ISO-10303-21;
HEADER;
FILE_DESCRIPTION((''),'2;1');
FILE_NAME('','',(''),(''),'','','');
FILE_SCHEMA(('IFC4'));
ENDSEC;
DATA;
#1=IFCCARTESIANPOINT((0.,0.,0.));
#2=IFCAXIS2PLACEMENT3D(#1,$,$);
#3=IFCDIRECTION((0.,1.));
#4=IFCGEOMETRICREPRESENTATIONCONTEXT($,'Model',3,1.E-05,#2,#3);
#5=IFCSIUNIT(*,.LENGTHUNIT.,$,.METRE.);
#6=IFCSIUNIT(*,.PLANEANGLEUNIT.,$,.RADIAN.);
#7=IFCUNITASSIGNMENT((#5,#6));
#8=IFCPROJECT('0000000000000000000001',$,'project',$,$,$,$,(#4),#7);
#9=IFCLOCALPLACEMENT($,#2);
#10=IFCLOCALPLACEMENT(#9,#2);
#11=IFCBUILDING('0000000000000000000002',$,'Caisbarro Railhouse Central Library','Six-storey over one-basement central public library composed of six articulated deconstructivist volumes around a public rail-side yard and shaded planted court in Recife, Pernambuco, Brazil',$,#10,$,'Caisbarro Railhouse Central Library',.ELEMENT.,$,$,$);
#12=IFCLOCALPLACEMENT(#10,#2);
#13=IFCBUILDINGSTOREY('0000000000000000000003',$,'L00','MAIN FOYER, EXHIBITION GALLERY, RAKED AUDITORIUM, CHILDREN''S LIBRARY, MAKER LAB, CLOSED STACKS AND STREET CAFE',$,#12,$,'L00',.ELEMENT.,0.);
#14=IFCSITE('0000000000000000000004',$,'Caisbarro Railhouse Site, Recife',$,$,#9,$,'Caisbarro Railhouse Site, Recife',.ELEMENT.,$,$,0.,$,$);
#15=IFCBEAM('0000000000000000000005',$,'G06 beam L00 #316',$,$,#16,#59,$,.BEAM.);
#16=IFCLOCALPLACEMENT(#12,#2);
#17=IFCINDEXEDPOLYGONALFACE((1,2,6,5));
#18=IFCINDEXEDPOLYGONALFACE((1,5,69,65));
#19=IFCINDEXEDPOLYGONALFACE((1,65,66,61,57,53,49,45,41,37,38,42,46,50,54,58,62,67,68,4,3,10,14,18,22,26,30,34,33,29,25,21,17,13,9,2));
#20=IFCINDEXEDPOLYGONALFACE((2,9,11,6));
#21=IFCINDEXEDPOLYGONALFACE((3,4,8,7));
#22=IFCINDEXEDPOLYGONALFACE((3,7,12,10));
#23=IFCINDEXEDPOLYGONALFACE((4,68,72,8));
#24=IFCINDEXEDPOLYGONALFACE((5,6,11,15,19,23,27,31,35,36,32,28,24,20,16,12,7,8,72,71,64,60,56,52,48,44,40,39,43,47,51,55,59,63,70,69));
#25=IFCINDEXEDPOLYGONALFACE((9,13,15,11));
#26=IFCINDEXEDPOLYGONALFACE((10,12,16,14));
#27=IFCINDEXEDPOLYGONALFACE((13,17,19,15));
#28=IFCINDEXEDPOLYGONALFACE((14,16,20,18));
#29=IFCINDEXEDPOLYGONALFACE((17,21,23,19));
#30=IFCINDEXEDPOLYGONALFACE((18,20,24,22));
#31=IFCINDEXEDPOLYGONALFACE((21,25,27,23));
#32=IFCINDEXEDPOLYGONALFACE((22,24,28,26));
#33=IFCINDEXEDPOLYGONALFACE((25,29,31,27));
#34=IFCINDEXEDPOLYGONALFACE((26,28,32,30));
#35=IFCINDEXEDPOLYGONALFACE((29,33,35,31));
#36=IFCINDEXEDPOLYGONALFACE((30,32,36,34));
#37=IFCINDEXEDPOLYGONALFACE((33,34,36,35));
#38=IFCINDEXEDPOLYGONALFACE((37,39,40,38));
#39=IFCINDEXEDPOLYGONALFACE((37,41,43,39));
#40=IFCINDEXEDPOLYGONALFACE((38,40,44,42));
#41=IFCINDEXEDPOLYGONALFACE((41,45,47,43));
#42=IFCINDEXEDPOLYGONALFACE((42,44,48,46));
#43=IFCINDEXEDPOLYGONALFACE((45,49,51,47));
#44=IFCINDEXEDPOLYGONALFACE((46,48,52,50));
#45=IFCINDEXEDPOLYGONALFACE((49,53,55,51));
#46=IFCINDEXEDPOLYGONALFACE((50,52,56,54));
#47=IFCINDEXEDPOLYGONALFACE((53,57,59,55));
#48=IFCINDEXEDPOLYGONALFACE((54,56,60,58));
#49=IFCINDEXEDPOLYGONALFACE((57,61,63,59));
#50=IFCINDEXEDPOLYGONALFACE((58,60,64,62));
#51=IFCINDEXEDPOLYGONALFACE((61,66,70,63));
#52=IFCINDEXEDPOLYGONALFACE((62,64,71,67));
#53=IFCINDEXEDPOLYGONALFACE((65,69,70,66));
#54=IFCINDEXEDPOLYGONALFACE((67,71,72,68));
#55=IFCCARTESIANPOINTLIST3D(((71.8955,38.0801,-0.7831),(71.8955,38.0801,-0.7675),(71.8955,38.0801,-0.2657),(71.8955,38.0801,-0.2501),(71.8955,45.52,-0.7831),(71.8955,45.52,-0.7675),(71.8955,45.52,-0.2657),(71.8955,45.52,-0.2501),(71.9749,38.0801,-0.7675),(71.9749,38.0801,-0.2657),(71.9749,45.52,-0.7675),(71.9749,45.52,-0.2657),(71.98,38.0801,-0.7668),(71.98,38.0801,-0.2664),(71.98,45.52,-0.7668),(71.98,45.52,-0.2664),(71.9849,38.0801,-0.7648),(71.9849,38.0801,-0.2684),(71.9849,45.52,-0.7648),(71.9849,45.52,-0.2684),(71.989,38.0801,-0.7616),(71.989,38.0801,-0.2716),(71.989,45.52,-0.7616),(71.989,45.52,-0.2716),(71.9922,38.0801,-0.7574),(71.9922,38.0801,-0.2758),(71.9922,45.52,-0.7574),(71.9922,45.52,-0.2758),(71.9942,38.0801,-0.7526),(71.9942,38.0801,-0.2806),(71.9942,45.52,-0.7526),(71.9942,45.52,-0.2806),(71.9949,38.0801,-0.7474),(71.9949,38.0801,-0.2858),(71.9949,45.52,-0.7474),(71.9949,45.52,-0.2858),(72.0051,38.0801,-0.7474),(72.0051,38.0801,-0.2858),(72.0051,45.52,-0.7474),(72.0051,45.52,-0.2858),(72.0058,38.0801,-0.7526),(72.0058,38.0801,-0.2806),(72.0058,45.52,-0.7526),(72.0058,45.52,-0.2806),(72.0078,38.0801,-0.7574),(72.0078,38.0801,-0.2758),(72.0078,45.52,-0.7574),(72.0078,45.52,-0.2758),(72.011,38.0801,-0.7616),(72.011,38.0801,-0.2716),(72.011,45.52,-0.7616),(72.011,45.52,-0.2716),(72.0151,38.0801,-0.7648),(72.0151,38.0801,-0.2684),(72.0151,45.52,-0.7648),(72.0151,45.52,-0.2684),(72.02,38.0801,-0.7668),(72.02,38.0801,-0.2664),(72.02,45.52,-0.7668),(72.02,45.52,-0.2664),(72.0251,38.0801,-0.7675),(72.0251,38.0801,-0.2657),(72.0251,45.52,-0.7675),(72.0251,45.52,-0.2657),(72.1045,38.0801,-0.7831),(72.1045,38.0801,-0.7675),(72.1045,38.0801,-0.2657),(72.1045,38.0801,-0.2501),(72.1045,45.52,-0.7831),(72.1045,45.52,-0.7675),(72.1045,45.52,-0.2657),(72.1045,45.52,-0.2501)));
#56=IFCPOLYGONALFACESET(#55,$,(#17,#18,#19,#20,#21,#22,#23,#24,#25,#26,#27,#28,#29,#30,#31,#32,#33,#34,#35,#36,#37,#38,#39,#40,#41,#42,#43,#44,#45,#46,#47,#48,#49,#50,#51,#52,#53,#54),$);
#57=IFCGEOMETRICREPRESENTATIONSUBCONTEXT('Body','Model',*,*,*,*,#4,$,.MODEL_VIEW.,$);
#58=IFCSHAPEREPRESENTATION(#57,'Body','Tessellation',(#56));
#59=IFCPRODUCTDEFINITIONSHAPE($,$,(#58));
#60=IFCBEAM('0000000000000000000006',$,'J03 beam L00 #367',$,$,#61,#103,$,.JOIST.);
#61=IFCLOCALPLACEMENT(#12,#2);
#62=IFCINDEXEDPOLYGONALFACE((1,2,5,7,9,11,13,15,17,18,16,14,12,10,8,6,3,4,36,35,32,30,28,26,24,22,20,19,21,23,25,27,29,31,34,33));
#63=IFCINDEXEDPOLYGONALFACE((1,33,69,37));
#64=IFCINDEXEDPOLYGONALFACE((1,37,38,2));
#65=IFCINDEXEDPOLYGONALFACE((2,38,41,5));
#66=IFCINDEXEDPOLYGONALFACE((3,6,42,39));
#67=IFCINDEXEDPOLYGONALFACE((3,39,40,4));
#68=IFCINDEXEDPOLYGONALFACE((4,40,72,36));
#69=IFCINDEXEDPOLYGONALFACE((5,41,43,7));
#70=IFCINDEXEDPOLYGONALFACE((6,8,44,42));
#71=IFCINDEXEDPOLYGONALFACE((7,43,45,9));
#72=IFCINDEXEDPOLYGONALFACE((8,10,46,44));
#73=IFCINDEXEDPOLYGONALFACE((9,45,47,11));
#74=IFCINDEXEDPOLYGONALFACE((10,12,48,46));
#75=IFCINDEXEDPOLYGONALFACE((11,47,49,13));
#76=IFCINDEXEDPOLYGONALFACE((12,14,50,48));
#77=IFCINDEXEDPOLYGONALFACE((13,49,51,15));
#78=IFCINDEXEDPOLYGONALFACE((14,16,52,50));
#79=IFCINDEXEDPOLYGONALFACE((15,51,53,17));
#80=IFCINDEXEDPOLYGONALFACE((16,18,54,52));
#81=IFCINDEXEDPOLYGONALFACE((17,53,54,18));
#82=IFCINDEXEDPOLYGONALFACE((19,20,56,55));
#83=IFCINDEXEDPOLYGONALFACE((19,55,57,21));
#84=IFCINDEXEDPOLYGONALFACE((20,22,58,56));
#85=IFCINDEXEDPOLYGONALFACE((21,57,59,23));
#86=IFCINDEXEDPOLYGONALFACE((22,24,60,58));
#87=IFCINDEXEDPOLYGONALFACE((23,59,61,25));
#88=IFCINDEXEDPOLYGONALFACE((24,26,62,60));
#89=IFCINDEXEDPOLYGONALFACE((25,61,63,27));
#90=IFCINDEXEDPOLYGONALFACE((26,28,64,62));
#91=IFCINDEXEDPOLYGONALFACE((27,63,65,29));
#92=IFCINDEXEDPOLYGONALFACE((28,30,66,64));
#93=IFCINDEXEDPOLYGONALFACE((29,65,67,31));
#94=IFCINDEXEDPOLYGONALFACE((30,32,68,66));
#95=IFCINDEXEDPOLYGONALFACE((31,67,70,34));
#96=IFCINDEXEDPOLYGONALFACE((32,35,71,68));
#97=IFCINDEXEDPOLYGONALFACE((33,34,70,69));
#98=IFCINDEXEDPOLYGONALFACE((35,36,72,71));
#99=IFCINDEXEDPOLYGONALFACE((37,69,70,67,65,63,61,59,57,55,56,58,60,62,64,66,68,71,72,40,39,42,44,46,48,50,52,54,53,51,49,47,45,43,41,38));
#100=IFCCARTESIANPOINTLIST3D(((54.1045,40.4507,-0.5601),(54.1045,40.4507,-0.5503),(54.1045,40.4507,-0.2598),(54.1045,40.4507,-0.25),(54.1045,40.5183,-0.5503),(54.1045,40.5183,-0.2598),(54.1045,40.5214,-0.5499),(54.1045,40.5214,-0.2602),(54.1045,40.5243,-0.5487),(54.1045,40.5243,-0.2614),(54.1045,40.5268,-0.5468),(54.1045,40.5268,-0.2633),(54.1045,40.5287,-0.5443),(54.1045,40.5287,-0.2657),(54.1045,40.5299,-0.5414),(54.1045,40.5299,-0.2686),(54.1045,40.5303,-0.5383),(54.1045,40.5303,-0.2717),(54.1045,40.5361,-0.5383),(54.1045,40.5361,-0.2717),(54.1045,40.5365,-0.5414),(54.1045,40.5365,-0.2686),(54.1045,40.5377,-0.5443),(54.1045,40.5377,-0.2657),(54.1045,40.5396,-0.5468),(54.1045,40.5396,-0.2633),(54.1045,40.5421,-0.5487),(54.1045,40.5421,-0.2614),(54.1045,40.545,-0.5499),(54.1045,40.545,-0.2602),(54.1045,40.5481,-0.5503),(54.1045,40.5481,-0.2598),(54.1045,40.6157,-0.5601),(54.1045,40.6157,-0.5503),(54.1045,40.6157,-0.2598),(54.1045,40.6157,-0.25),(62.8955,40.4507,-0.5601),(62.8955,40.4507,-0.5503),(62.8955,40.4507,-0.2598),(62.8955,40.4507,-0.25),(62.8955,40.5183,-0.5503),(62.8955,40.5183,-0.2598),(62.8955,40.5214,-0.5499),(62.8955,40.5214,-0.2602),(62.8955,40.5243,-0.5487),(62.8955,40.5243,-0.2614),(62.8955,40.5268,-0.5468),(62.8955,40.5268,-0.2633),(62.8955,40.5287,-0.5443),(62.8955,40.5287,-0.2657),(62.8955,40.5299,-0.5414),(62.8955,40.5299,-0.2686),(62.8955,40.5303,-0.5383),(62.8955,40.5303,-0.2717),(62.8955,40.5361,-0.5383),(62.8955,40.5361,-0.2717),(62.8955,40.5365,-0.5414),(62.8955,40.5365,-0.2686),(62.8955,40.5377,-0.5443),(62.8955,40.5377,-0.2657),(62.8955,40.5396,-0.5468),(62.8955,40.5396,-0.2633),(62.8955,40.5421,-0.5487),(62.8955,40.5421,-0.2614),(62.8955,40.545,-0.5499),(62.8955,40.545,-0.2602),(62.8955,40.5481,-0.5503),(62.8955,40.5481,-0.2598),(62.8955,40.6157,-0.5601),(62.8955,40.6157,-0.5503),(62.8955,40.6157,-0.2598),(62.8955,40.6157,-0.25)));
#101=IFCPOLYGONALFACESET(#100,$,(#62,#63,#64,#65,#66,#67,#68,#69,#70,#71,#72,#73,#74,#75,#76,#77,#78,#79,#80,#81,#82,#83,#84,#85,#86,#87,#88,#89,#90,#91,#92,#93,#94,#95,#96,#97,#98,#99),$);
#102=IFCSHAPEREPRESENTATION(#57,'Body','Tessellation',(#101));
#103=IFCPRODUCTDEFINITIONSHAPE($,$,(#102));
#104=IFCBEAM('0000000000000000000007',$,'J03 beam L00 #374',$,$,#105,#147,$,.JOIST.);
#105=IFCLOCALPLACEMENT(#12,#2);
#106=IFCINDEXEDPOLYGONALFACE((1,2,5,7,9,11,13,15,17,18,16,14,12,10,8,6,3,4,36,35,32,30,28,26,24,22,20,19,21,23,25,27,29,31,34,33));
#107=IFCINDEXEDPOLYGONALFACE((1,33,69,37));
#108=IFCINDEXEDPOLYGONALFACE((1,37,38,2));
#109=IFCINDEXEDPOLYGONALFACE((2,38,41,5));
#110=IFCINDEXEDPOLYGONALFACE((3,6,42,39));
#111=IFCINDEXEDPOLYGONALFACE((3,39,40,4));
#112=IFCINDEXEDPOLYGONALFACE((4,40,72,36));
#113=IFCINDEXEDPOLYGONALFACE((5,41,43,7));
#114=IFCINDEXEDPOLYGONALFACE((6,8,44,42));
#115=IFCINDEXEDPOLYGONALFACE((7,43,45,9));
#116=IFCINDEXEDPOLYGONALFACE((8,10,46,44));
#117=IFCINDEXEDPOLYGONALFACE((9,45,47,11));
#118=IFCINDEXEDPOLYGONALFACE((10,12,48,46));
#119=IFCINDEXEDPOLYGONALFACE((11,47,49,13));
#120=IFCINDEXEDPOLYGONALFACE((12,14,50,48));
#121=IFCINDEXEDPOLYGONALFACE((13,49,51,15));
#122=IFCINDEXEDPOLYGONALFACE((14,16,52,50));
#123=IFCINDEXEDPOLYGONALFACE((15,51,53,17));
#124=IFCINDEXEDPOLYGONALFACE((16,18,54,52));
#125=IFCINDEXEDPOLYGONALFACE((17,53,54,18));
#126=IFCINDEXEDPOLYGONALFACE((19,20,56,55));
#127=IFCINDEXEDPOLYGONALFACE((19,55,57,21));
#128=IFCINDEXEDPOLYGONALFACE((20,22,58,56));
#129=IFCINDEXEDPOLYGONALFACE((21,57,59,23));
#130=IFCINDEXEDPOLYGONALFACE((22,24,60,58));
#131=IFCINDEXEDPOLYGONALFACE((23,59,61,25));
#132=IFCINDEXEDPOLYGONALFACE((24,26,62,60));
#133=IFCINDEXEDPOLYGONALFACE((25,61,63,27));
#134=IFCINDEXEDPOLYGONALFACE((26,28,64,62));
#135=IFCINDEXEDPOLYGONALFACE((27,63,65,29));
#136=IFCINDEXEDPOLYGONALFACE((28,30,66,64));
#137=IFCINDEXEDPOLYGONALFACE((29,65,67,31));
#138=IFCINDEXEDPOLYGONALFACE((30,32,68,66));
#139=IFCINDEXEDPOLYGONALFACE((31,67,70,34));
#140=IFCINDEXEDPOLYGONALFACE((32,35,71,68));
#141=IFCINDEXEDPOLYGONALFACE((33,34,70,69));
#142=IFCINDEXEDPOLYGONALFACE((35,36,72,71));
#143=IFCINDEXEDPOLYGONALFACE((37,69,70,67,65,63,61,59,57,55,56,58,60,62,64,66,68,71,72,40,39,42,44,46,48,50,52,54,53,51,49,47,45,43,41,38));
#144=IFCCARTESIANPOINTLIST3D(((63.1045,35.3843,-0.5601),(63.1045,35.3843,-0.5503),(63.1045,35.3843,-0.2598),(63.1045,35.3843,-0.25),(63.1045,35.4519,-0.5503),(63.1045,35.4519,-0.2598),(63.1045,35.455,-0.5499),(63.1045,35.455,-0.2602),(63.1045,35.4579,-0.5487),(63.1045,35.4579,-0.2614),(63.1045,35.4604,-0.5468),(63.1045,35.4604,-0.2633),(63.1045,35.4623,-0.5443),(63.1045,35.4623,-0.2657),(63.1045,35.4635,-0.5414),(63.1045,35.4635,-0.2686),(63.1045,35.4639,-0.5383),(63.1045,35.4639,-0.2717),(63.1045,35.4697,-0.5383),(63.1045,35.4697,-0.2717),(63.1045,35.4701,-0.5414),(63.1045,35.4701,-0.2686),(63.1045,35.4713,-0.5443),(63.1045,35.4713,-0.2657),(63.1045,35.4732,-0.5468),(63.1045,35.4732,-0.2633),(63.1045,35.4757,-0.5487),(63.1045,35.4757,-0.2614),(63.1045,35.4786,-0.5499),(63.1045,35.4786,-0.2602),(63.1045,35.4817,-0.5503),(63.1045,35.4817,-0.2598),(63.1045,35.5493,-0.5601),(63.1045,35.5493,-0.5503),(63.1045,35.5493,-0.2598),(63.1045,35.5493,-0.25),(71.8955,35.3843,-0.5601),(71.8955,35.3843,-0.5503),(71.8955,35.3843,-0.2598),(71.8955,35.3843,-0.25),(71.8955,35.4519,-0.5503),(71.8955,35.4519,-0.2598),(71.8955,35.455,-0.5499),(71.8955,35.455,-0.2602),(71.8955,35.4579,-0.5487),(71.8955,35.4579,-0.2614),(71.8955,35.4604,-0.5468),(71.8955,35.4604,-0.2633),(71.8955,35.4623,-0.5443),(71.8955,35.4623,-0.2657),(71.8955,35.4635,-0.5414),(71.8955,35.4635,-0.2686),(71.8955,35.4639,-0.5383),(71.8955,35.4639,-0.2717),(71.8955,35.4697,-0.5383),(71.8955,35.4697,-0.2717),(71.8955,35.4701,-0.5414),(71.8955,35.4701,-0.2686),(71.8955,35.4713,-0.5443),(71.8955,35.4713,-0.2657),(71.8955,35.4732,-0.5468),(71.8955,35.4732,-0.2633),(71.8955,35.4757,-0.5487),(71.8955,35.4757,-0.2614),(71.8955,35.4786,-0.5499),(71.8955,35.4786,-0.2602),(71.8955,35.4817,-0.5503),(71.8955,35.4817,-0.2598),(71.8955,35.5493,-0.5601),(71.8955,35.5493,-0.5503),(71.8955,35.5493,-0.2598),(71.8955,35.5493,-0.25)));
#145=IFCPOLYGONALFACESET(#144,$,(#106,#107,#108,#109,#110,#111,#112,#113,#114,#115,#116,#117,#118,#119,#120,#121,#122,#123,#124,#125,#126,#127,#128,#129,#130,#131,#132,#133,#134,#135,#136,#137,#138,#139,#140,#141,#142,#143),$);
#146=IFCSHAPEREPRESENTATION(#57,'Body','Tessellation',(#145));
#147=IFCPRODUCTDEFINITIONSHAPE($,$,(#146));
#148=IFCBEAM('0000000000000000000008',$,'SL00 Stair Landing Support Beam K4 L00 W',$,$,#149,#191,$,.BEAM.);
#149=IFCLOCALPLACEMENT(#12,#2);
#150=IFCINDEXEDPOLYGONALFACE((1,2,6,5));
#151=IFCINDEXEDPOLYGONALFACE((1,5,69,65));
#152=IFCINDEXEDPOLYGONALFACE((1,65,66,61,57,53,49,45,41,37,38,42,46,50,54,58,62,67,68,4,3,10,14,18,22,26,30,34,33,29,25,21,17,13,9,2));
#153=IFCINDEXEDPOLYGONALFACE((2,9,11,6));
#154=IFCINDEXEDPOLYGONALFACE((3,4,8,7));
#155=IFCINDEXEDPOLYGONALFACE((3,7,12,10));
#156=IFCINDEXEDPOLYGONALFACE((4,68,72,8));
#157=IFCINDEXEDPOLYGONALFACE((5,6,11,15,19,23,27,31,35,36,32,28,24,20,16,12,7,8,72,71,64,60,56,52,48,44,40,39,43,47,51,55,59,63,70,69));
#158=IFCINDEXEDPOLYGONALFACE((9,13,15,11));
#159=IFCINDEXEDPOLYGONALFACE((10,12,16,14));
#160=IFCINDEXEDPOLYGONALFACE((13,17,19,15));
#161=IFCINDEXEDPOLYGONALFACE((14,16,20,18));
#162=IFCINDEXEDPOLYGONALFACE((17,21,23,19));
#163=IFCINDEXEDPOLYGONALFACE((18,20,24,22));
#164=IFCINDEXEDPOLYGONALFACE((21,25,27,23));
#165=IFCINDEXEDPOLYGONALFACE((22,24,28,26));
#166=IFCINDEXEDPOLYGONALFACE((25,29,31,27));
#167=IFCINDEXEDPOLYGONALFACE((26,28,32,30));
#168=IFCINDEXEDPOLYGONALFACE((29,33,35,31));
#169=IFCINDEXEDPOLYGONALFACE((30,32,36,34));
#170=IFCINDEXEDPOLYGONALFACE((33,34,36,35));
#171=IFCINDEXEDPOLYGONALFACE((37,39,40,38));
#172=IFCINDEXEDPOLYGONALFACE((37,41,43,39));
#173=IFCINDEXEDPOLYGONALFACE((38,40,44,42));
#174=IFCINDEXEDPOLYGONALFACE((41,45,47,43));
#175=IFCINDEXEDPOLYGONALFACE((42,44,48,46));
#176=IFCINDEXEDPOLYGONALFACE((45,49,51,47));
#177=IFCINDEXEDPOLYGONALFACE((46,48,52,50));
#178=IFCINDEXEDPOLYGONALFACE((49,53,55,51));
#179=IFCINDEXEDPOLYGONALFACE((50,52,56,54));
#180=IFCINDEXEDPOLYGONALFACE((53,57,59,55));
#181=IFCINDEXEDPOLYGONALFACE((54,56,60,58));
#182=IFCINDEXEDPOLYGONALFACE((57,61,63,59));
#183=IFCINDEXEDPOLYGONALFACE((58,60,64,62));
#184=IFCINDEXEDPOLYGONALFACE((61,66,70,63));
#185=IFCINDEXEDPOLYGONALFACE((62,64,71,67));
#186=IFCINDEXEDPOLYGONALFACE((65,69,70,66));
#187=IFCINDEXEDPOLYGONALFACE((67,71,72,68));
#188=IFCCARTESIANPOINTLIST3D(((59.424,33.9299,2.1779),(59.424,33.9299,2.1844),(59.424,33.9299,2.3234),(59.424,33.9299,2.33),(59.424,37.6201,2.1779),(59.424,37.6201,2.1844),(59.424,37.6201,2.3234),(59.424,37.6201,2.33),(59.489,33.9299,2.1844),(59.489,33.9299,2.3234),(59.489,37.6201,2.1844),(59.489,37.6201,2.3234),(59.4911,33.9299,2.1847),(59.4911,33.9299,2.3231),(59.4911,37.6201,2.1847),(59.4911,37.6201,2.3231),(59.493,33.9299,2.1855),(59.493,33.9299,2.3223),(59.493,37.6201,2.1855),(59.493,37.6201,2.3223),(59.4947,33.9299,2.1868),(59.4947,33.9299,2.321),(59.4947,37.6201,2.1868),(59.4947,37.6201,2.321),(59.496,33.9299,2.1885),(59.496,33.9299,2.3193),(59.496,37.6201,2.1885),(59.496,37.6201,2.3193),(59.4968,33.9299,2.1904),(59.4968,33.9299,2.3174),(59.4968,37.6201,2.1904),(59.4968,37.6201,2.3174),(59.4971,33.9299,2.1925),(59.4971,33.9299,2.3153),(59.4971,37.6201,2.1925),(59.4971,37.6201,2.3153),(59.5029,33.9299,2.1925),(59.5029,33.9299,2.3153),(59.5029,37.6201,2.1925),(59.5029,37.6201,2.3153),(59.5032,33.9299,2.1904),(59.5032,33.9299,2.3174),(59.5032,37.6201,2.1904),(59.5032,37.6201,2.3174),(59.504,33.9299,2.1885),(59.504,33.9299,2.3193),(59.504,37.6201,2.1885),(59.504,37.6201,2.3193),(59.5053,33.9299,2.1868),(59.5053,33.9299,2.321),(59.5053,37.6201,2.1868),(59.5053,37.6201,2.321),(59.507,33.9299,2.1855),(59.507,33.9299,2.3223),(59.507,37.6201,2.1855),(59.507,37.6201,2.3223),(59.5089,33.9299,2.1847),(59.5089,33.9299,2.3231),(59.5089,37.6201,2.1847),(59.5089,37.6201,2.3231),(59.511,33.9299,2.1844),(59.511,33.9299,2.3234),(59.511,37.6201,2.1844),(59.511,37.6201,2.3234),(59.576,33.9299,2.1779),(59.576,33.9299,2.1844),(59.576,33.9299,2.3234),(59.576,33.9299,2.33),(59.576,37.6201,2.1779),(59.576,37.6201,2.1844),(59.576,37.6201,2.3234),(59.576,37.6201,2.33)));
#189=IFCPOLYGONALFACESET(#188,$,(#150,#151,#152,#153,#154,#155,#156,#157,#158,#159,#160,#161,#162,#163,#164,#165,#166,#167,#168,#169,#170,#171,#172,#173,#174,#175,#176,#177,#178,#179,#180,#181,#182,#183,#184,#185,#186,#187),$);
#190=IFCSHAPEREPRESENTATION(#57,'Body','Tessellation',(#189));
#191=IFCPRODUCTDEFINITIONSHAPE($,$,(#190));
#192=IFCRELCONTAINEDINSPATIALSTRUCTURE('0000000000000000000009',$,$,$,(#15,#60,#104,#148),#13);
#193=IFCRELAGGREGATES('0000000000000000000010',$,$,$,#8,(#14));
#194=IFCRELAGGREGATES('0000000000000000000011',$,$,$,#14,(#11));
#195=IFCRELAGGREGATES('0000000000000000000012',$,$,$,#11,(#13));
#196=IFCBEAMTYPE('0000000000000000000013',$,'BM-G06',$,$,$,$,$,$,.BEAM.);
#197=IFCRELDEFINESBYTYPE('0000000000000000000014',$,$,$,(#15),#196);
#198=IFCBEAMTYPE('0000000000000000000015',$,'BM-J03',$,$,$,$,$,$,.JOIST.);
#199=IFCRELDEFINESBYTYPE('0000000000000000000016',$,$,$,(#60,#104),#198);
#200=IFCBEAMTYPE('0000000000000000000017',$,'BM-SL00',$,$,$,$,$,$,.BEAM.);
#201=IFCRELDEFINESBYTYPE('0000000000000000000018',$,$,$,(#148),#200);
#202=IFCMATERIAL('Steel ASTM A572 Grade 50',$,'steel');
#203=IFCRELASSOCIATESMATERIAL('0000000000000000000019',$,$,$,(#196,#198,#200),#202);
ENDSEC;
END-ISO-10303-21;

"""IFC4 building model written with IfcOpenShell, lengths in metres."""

from ifc_helpers import new_model, si_unit, direction, frame, origin, origin_2d, place, context, subcontext, project, spatial, i_section, extrude, material, material_profile, profile_set, type_object, element, save


model = new_model("IFC4")

# Units and contexts
model_context = context("Model", 3, precision=1e-05, world=origin(), true_north=direction((0.0, 1.0)))
body_context = subcontext(model_context, "Body", "Model", "MODEL_VIEW")
ifc_project = project(units=[si_unit("LENGTHUNIT", "METRE"), si_unit("PLANEANGLEUNIT", "RADIAN")], contexts=[model_context])

# Site, building, storey
site_placement = place(None, origin())
site = spatial("IfcSite", under=ifc_project, at=site_placement, Name="Caisbarro Railhouse Site, Recife", LongName="Caisbarro Railhouse Site, Recife", CompositionType="ELEMENT", RefElevation=0.0)
building_placement = place(site_placement, origin())
building = spatial("IfcBuilding", under=site, at=building_placement, Name="Caisbarro Railhouse Central Library", Description="Six-storey over one-basement central public library composed of six articulated deconstructivist volumes around a public rail-side yard and shaded planted court in Recife, Pernambuco, Brazil", LongName="Caisbarro Railhouse Central Library", CompositionType="ELEMENT")
storey_placement = place(building_placement, origin())
storey = spatial("IfcBuildingStorey", under=building, at=storey_placement, Name="L00", Description="MAIN FOYER, EXHIBITION GALLERY, RAKED AUDITORIUM, CHILDREN'S LIBRARY, MAKER LAB, CLOSED STACKS AND STREET CAFE", LongName="L00", CompositionType="ELEMENT", Elevation=0.0)

# Shared definitions
ifc_material_1 = material(Name="Steel ASTM A572 Grade 50", Category="steel")

# Beams
ifc_material_profile_1 = material_profile(ifc_material_1, i_section(OverallWidth=0.209, OverallDepth=0.533, WebThickness=0.0103, FlangeThickness=0.0156, FilletRadius=0.02, at=origin_2d()), Name="W530X92.0")
ifc_profile_set_1 = profile_set([ifc_material_profile_1], Name="Steel ASTM A572 Grade 50")
beam_type_1 = type_object("IfcBeamType", Name="BM-G06", PredefinedType="BEAM", material=ifc_profile_set_1)
for number, where, z_axis, x_axis, name in (
    (1, (72.0, 38.0801, -0.5166), (0.0, 1.0, 0.0), (-1.0, 0.0, 0.0), "G06 beam L00 #316"),
):
    element("IfcBeam", number, at=place(storey_placement, frame(where, z_axis=z_axis, x_axis=x_axis)), inside=storey, type_object=beam_type_1, Name=name, PredefinedType="BEAM", context=body_context, shape_type="SweptSolid", body=[
        extrude(i_section(OverallWidth=0.209, OverallDepth=0.533, WebThickness=0.0103, FlangeThickness=0.0156, FilletRadius=0.02, at=origin_2d()), origin(), (0.0, 0.0, 1.0), 7.4399),
    ])
ifc_material_profile_2 = material_profile(ifc_material_1, i_section(OverallWidth=0.165, OverallDepth=0.3101, WebThickness=0.0059, FlangeThickness=0.0098, FilletRadius=0.012, at=origin_2d()), Name="W310X38.7")
ifc_profile_set_2 = profile_set([ifc_material_profile_2], Name="Steel ASTM A572 Grade 50")
beam_type_2 = type_object("IfcBeamType", Name="BM-J03", PredefinedType="JOIST", material=ifc_profile_set_2)
for number, where, z_axis, x_axis, name in (
    (2, (54.1045, 40.5332, -0.405), (1.0, 0.0, 0.0), (0.0, 1.0, 0.0), "J03 beam L00 #367"),
    (3, (63.1045, 35.4668, -0.405), (1.0, 0.0, 0.0), (0.0, 1.0, 0.0), "J03 beam L00 #374"),
):
    element("IfcBeam", number, at=place(storey_placement, frame(where, z_axis=z_axis, x_axis=x_axis)), inside=storey, type_object=beam_type_2, Name=name, PredefinedType="JOIST", context=body_context, shape_type="SweptSolid", body=[
        extrude(i_section(OverallWidth=0.165, OverallDepth=0.3101, WebThickness=0.0059, FlangeThickness=0.0098, FilletRadius=0.012, at=origin_2d()), origin(), (0.0, 0.0, 1.0), 8.791),
    ])
ifc_material_profile_3 = material_profile(ifc_material_1, i_section(OverallWidth=0.1521, OverallDepth=0.1521, WebThickness=0.0059, FlangeThickness=0.0066, FilletRadius=0.0081, at=origin_2d()), Name="W150X22.5")
ifc_profile_set_3 = profile_set([ifc_material_profile_3], Name="Steel ASTM A572 Grade 50")
beam_type_3 = type_object("IfcBeamType", Name="BM-SL00", PredefinedType="BEAM", material=ifc_profile_set_3)
for number, where, z_axis, x_axis, name in (
    (4, (59.5, 33.9299, 2.2539), (0.0, 1.0, 0.0), (-1.0, 0.0, 0.0), "SL00 Stair Landing Support Beam K4 L00 W"),
):
    element("IfcBeam", number, at=place(storey_placement, frame(where, z_axis=z_axis, x_axis=x_axis)), inside=storey, type_object=beam_type_3, Name=name, PredefinedType="BEAM", context=body_context, shape_type="SweptSolid", body=[
        extrude(i_section(OverallWidth=0.1521, OverallDepth=0.1521, WebThickness=0.0059, FlangeThickness=0.0066, FilletRadius=0.0081, at=origin_2d()), origin(), (0.0, 0.0, 1.0), 3.6902),
    ])

save(model, "model.ifc")
